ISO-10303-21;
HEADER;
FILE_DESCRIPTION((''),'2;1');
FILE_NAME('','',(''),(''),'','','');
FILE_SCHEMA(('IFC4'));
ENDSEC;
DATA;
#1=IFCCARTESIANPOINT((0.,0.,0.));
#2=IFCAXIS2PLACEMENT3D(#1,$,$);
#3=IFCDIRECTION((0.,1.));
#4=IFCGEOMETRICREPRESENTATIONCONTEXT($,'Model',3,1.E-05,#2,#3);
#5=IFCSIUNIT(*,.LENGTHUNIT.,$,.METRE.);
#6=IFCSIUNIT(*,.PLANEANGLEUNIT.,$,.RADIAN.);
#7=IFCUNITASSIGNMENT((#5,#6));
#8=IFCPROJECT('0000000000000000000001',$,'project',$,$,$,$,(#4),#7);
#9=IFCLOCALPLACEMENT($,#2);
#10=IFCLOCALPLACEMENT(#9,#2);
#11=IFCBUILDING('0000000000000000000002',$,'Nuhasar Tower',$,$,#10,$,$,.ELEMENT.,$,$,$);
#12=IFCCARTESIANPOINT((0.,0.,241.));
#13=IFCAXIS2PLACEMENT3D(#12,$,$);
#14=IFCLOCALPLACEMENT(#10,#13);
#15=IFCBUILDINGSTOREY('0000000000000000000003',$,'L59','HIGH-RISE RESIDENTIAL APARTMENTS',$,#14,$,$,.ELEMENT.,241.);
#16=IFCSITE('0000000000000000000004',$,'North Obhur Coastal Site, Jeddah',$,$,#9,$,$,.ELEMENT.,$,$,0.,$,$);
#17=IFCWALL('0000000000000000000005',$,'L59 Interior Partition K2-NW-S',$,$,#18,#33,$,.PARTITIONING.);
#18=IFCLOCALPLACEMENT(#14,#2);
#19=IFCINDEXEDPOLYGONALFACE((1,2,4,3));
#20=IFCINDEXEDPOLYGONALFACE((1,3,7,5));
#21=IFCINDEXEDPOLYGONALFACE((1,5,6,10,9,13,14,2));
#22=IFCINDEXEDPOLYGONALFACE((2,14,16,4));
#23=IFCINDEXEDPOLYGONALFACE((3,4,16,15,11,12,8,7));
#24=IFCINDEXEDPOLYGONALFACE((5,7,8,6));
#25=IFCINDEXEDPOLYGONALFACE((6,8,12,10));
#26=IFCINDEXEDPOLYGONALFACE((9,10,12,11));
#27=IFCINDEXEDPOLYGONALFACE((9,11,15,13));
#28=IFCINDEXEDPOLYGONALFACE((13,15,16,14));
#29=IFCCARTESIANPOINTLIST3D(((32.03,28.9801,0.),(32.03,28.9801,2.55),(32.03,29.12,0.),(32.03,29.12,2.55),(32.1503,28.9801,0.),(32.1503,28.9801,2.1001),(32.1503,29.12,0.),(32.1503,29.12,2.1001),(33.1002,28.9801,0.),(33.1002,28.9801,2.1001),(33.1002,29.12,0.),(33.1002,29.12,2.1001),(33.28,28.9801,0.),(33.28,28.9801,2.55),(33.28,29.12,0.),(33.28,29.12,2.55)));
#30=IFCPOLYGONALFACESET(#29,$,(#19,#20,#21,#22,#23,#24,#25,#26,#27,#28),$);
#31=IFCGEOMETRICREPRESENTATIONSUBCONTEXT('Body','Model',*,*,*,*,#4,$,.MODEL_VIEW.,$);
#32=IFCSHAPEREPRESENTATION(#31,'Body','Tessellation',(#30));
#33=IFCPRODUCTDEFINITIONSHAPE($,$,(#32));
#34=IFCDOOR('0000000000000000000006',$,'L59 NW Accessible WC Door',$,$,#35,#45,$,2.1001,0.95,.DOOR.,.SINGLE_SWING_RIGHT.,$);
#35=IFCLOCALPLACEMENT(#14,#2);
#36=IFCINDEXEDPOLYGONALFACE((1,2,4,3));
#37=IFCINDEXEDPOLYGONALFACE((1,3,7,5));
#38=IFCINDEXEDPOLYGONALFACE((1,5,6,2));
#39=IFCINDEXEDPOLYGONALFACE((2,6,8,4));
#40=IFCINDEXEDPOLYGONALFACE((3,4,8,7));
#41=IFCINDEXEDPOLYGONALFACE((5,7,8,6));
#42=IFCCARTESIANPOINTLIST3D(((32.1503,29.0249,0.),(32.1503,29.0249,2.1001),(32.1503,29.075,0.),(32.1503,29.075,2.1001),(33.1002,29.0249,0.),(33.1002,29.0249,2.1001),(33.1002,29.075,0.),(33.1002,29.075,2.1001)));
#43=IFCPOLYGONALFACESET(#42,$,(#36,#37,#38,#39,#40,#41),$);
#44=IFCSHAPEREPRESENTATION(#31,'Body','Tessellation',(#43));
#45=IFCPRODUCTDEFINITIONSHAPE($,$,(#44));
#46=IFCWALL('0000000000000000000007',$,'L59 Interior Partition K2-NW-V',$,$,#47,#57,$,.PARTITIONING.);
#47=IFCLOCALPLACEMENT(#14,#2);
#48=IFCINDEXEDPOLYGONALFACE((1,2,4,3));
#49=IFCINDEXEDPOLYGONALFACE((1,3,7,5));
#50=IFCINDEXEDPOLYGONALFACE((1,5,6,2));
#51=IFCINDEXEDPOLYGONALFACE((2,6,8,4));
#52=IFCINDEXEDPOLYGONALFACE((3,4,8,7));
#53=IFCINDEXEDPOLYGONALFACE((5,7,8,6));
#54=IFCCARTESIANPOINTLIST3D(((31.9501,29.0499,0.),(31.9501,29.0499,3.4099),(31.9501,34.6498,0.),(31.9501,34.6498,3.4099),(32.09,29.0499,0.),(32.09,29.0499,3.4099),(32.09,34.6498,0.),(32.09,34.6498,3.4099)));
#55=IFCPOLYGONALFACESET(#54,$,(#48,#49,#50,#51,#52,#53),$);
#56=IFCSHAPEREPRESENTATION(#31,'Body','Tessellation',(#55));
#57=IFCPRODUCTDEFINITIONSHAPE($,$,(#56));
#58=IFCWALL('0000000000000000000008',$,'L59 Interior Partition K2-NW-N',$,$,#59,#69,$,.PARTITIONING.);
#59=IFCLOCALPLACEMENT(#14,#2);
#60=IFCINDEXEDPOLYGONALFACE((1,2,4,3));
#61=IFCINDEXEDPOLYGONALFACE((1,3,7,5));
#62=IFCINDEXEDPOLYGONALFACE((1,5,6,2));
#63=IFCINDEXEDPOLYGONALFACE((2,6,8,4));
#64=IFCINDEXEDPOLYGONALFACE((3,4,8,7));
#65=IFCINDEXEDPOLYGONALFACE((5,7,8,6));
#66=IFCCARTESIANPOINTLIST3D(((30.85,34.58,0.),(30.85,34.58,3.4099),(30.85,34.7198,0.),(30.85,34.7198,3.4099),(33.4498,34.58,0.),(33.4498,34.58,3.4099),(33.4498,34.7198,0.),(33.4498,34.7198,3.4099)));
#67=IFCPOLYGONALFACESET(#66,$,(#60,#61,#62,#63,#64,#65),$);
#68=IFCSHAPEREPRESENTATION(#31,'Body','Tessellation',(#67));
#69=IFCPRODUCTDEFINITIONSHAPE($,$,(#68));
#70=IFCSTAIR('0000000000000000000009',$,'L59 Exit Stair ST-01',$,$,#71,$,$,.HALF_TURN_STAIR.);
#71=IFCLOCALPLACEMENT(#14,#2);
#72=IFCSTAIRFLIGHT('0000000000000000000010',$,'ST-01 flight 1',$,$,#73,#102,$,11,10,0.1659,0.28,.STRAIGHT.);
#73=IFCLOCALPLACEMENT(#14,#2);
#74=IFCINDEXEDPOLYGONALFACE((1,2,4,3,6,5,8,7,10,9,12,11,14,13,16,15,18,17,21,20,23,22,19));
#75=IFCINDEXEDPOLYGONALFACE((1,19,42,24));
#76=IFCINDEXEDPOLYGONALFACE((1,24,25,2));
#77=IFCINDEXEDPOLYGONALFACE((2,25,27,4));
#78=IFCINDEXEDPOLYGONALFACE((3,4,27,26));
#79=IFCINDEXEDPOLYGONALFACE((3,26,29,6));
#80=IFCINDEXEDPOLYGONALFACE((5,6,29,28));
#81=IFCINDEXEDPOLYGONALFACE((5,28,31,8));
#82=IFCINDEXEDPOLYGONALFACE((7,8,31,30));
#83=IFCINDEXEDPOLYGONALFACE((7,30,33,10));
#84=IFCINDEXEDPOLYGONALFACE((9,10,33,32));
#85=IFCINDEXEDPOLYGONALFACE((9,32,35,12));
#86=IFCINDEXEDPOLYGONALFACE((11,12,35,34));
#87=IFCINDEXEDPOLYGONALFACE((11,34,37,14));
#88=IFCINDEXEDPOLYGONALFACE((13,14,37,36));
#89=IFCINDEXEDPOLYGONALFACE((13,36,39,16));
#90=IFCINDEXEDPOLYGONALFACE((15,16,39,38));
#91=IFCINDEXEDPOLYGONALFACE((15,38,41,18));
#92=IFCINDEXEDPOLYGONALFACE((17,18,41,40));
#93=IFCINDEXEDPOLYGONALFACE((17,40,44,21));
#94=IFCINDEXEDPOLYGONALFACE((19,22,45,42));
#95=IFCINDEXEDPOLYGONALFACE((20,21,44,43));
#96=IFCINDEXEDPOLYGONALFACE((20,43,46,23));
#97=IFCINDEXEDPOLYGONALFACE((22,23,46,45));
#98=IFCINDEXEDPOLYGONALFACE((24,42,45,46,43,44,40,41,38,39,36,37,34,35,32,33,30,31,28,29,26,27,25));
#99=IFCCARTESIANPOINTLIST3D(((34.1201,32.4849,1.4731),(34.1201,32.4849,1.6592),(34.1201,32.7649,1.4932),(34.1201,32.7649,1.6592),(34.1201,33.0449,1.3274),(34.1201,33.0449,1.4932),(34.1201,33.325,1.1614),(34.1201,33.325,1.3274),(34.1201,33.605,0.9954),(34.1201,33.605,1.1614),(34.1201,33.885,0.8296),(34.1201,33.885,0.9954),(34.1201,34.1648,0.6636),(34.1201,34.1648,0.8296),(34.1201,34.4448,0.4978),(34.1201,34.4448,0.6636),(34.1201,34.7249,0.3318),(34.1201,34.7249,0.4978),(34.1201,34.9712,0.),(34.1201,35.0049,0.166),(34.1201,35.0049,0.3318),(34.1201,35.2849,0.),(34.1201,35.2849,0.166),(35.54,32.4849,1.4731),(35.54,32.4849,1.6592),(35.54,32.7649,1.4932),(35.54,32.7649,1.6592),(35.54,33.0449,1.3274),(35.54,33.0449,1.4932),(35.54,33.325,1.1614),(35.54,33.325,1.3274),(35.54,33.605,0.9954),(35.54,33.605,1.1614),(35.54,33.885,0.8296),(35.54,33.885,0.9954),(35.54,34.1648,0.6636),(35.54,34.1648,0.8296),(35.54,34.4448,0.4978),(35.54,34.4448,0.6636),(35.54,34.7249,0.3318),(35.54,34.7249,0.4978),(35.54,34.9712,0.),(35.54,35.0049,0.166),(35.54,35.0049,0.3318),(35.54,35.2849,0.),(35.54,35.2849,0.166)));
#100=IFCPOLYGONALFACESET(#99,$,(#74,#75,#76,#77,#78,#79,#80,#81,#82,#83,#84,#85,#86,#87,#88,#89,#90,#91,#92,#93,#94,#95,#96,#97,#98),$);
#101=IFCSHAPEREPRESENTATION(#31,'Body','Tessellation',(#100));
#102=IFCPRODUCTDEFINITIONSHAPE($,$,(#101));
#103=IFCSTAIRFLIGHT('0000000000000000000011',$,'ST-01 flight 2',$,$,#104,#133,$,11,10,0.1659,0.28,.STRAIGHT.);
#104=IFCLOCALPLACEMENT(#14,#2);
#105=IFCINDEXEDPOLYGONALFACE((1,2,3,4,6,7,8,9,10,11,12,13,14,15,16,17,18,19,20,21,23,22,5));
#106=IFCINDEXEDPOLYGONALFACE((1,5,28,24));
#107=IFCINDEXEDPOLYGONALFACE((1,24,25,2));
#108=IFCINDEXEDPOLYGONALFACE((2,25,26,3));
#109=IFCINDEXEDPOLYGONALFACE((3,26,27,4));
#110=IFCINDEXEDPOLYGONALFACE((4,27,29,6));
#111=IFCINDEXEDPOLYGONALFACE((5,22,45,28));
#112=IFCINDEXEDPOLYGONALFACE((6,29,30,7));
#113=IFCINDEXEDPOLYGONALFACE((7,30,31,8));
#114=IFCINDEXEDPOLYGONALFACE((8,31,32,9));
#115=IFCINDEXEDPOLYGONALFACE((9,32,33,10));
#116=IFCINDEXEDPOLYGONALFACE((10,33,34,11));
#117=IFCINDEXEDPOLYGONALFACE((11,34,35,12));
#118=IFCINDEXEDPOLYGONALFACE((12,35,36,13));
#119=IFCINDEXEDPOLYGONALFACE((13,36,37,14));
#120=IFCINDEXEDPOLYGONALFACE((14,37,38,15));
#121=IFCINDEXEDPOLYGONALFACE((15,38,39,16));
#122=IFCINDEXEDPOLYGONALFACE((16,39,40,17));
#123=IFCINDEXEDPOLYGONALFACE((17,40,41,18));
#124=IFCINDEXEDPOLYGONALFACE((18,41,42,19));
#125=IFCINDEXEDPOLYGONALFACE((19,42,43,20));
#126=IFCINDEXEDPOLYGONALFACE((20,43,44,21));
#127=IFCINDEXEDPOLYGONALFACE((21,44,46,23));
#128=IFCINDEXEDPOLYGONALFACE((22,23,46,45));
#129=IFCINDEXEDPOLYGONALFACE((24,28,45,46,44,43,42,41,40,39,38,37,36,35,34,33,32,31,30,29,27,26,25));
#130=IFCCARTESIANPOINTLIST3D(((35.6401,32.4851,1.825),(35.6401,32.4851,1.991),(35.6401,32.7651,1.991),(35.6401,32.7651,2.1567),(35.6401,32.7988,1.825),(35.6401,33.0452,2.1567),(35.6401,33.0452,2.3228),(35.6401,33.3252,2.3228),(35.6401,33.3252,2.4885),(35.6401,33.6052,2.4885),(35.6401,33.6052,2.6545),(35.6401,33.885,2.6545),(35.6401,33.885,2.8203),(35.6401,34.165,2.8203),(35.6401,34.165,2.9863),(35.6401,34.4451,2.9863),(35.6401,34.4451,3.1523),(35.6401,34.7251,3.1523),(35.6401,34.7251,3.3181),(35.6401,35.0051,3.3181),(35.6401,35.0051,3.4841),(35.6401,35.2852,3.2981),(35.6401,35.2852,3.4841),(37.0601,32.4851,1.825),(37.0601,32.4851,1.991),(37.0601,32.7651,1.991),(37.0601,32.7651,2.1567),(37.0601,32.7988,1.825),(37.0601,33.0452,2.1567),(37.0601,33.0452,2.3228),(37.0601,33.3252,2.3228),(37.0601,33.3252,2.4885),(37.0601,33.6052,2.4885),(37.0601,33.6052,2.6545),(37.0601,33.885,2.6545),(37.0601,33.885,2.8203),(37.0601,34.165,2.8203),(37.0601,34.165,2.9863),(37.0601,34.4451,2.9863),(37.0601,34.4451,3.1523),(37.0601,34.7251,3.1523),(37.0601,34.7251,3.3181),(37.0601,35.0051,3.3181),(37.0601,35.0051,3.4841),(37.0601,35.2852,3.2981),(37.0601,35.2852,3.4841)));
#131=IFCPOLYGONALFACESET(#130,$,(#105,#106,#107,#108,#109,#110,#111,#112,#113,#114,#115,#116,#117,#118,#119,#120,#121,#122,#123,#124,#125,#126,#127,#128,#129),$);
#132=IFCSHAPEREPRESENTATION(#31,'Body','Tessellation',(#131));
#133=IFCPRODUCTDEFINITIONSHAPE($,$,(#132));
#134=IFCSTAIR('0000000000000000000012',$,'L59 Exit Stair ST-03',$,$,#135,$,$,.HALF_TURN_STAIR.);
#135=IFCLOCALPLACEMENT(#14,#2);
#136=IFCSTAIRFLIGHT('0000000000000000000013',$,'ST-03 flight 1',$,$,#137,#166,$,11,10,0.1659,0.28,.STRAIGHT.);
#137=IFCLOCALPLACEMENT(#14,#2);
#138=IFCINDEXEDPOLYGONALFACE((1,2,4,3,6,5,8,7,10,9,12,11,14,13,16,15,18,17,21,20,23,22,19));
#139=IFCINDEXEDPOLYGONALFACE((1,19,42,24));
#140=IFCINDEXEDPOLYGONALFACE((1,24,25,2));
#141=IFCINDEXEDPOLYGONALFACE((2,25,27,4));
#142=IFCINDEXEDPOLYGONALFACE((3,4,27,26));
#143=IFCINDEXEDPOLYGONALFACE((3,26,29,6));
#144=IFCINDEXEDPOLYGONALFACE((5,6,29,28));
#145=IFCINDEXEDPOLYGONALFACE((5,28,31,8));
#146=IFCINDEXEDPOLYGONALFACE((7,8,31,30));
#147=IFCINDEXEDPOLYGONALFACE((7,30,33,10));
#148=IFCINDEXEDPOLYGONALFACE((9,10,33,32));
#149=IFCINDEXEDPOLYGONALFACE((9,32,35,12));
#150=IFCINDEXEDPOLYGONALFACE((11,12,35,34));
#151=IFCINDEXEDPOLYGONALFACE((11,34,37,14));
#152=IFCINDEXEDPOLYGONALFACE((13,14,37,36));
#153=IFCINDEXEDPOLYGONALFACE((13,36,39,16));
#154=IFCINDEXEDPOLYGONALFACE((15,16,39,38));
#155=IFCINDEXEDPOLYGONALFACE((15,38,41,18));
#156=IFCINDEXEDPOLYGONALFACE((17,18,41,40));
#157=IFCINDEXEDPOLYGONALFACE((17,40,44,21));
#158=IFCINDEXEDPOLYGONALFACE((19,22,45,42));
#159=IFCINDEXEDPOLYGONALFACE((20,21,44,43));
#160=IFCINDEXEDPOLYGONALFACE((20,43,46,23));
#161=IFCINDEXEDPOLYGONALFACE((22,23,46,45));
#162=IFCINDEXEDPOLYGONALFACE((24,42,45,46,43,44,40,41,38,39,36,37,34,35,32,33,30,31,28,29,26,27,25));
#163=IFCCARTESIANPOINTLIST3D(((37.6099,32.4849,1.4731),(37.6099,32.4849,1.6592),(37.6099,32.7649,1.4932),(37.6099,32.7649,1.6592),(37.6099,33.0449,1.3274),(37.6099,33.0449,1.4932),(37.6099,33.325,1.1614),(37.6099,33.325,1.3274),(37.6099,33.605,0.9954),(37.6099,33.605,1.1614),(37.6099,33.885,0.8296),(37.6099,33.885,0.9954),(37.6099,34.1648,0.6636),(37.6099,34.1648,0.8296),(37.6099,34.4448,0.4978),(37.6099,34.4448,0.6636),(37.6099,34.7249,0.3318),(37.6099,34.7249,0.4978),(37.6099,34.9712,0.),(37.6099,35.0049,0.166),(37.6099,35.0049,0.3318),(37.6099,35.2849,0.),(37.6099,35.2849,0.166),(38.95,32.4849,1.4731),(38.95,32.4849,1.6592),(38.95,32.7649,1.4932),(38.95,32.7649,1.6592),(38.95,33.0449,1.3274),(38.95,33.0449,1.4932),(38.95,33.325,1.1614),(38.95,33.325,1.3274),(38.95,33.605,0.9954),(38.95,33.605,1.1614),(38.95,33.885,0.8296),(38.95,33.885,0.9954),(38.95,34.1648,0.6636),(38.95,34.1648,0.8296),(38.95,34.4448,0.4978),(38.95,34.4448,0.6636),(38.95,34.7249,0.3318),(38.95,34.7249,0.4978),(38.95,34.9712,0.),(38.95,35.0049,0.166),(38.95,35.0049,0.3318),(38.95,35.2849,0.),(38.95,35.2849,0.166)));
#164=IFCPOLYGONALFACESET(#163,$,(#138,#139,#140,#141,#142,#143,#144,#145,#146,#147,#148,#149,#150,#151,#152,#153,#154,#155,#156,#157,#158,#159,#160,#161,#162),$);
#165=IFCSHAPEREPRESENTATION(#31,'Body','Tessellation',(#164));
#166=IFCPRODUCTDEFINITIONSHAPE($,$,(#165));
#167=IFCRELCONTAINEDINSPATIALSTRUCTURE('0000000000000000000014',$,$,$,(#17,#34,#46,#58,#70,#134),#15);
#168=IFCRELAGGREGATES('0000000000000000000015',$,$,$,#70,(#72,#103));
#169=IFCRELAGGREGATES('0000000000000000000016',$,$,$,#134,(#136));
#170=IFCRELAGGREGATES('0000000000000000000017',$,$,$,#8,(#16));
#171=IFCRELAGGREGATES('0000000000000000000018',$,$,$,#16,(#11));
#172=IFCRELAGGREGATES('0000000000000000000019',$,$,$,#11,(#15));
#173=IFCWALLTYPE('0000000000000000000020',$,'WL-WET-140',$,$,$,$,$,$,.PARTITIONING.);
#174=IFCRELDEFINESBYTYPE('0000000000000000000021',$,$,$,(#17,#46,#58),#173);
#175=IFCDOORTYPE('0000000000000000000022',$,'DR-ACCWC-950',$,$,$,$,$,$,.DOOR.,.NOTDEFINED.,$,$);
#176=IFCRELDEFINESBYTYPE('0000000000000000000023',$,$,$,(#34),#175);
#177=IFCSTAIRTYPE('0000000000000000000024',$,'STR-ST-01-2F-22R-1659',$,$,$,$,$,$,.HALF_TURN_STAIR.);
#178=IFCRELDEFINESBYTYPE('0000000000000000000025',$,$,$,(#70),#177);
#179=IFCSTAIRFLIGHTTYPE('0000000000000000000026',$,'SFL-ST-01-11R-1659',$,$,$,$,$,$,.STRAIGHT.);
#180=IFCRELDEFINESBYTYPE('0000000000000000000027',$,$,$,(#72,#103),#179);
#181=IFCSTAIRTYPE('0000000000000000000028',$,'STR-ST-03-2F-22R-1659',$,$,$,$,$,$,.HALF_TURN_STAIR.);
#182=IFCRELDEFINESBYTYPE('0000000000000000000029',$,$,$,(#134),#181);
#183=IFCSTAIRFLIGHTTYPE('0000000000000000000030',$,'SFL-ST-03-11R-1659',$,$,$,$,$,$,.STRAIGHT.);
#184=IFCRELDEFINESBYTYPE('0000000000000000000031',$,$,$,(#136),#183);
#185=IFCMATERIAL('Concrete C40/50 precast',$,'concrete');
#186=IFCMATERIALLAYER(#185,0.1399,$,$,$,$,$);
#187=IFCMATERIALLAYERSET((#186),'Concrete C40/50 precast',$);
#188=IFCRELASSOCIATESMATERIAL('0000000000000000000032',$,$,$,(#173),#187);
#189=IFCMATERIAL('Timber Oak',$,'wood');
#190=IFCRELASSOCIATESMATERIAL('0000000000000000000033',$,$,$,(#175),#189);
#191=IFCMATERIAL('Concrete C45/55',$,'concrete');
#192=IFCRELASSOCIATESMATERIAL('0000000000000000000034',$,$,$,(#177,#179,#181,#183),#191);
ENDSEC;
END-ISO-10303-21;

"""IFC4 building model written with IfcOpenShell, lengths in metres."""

from ifc_helpers import new_model, si_unit, direction, frame, frame_2d, origin, place, context, subcontext, project, spatial, polyline, rectangle, outline, extrude, material, layer, layer_set, type_object, element, fill, aggregate, save


model = new_model("IFC4")

# Units and contexts
model_context = context("Model", 3, precision=1e-05, world=origin(), true_north=direction((0.0, 1.0)))
body_context = subcontext(model_context, "Body", "Model", "MODEL_VIEW")
ifc_project = project(units=[si_unit("LENGTHUNIT", "METRE"), si_unit("PLANEANGLEUNIT", "RADIAN")], contexts=[model_context])

# Site, building, storey
site_placement = place(None, origin())
site = spatial("IfcSite", under=ifc_project, at=site_placement, Name="North Obhur Coastal Site, Jeddah", CompositionType="ELEMENT", RefElevation=0.0)
building_placement = place(site_placement, origin())
building = spatial("IfcBuilding", under=site, at=building_placement, Name="Nuhasar Tower", CompositionType="ELEMENT")
storey_placement = place(building_placement, frame((0.0, 0.0, 241.0)))
storey = spatial("IfcBuildingStorey", under=building, at=storey_placement, Name="L59", Description="HIGH-RISE RESIDENTIAL APARTMENTS", CompositionType="ELEMENT", Elevation=241.0)

# Shared definitions
ifc_material_1 = material(Name="Concrete C40/50 precast", Category="concrete")
ifc_layer_1 = layer(ifc_material_1, 0.1399)
ifc_layer_set_1 = layer_set([ifc_layer_1], Name="Concrete C40/50 precast")
wall_type_1 = type_object("IfcWallType", Name="WL-WET-140", PredefinedType="PARTITIONING", material=ifc_layer_set_1)

# Wall, opening, door
wall_1_placement = place(storey_placement, frame((32.03, 29.05, 0.0), z_axis=(0.0, 0.0, 1.0), x_axis=(1.0, 0.0, 0.0)))
wall_1 = element("IfcWall", 1, at=wall_1_placement, inside=storey, type_object=wall_type_1, Name="L59 Interior Partition K2-NW-S", PredefinedType="PARTITIONING", context=body_context, shape_type="SweptSolid", body=[
    extrude(rectangle(XDim=1.25, YDim=0.1399, at=frame_2d((0.625, 0.0))), origin(), (0.0, 0.0, 1.0), 2.55),
])
opening_placement = place(wall_1_placement, frame((0.1201, 0.0, 0.0)))
opening = element("IfcOpeningElement", 2, at=opening_placement, cuts=wall_1, PredefinedType="OPENING", context=body_context, shape_type="SweptSolid", body=[
    extrude(rectangle(XDim=0.95, YDim=2.1001, at=frame_2d((0.4751, 1.05))), frame((0.0, 0.0801, 0.0), z_axis=(0.0, -1.0, 0.0), x_axis=(1.0, 0.0, 0.0)), (0.0, 0.0, 1.0), 0.1599),
])
ifc_material_2 = material(Name="Timber Oak", Category="wood")
door_type = type_object("IfcDoorType", Name="DR-ACCWC-950", OperationType="NOTDEFINED", PredefinedType="DOOR", material=ifc_material_2)
door_placement = place(opening_placement, origin())
door = element("IfcDoor", 3, at=door_placement, inside=storey, type_object=door_type, Name="L59 NW Accessible WC Door", OperationType="SINGLE_SWING_RIGHT", OverallHeight=2.1001, OverallWidth=0.95, PredefinedType="DOOR", context=body_context, shape_type="SweptSolid", body=[
    extrude(rectangle(XDim=0.95, YDim=2.1001, at=frame_2d((0.4751, 1.05))), frame((0.0, 0.0249, 0.0), z_axis=(0.0, -1.0, 0.0), x_axis=(1.0, 0.0, 0.0)), (0.0, 0.0, 1.0), 0.05),
])
fill(opening, door)

# Walls
wall_2_placement = place(storey_placement, frame((32.02, 29.05, 0.0), z_axis=(0.0, 0.0, 1.0), x_axis=(0.0, 1.0, 0.0)))
element("IfcWall", 4, at=wall_2_placement, inside=storey, type_object=wall_type_1, Name="L59 Interior Partition K2-NW-V", PredefinedType="PARTITIONING", context=body_context, shape_type="SweptSolid", body=[
    extrude(rectangle(XDim=5.5999, YDim=0.1399, at=frame_2d((2.7998, 0.0))), origin(), (0.0, 0.0, 1.0), 3.4099),
])
wall_3_placement = place(storey_placement, frame((30.8501, 34.6499, 0.0), z_axis=(0.0, 0.0, 1.0), x_axis=(1.0, 0.0, 0.0)))
element("IfcWall", 5, at=wall_3_placement, inside=storey, type_object=wall_type_1, Name="L59 Interior Partition K2-NW-N", PredefinedType="PARTITIONING", context=body_context, shape_type="SweptSolid", body=[
    extrude(rectangle(XDim=2.5999, YDim=0.1399, at=frame_2d((1.2998, 0.0))), origin(), (0.0, 0.0, 1.0), 3.4099),
])

# Stair, stair flights
ifc_material_3 = material(Name="Concrete C45/55", Category="concrete")
stair_type_1 = type_object("IfcStairType", Name="STR-ST-01-2F-22R-1659", PredefinedType="HALF_TURN_STAIR", material=ifc_material_3)
stair_1_placement = place(storey_placement, origin())
stair_1 = element("IfcStair", 6, at=stair_1_placement, inside=storey, type_object=stair_type_1, Name="L59 Exit Stair ST-01", PredefinedType="HALF_TURN_STAIR")
stair_flight_type_1 = type_object("IfcStairFlightType", Name="SFL-ST-01-11R-1659", PredefinedType="STRAIGHT", material=ifc_material_3)
stair_flight_1_placement = place(storey_placement, frame((34.8301, 35.2849, 0.0), z_axis=(0.0, 0.0, 1.0), x_axis=(0.0, -1.0, 0.0)))
stair_flight_1 = element("IfcStairFlight", 7, at=stair_flight_1_placement, type_object=stair_flight_type_1, Name="ST-01 flight 1", NumberOfRisers=11, NumberOfTreads=10, PredefinedType="STRAIGHT", RiserHeight=0.1659, TreadLength=0.28, context=body_context, shape_type="SweptSolid", body=[
    extrude(outline(polyline([(0.0, 0.0), (0.0, 0.166), (0.28, 0.166), (0.28, 0.3318), (0.5601, 0.3318), (0.5601, 0.4978), (0.8401, 0.4978), (0.8401, 0.6636), (1.1201, 0.6636), (1.1201, 0.8296), (1.3999, 0.8296), (1.3999, 0.9954), (1.6799, 0.9954), (1.6799, 1.1614), (1.96, 1.1614), (1.96, 1.3274), (2.24, 1.3274), (2.24, 1.4932), (2.52, 1.4932), (2.52, 1.6592), (2.8, 1.6592), (2.8, 1.825), (2.8, 1.4731), (0.3137, 0.0), (0.0, 0.0)])), frame((0.0, 0.71, 0.0), z_axis=(0.0, -1.0, 0.0), x_axis=(1.0, 0.0, 0.0)), (0.0, 0.0, 1.0), 1.4199),
])
stair_flight_2_placement = place(storey_placement, frame((36.3501, 32.4851, 1.825), z_axis=(0.0, 0.0, 1.0), x_axis=(0.0, 1.0, 0.0)))
stair_flight_2 = element("IfcStairFlight", 8, at=stair_flight_2_placement, type_object=stair_flight_type_1, Name="ST-01 flight 2", NumberOfRisers=11, NumberOfTreads=10, PredefinedType="STRAIGHT", RiserHeight=0.1659, TreadLength=0.28, context=body_context, shape_type="SweptSolid", body=[
    extrude(outline(polyline([(0.0, 0.0), (0.0, 0.166), (0.28, 0.166), (0.28, 0.3318), (0.5601, 0.3318), (0.5601, 0.4978), (0.8401, 0.4978), (0.8401, 0.6636), (1.1201, 0.6636), (1.1201, 0.8296), (1.3999, 0.8296), (1.3999, 0.9954), (1.6799, 0.9954), (1.6799, 1.1614), (1.96, 1.1614), (1.96, 1.3274), (2.24, 1.3274), (2.24, 1.4932), (2.52, 1.4932), (2.52, 1.6592), (2.8, 1.6592), (2.8, 1.825), (2.8, 1.4731), (0.3137, 0.0), (0.0, 0.0)])), frame((0.0, 0.71, 0.0), z_axis=(0.0, -1.0, 0.0), x_axis=(1.0, 0.0, 0.0)), (0.0, 0.0, 1.0), 1.4199),
])
aggregate(stair_1, [stair_flight_1, stair_flight_2])

# Stair, stair flight
stair_type_2 = type_object("IfcStairType", Name="STR-ST-03-2F-22R-1659", PredefinedType="HALF_TURN_STAIR", material=ifc_material_3)
stair_2_placement = place(storey_placement, origin())
stair_2 = element("IfcStair", 9, at=stair_2_placement, inside=storey, type_object=stair_type_2, Name="L59 Exit Stair ST-03", PredefinedType="HALF_TURN_STAIR")
stair_flight_type_2 = type_object("IfcStairFlightType", Name="SFL-ST-03-11R-1659", PredefinedType="STRAIGHT", material=ifc_material_3)
stair_flight_3_placement = place(storey_placement, frame((38.28, 35.2849, 0.0), z_axis=(0.0, 0.0, 1.0), x_axis=(0.0, -1.0, 0.0)))
stair_flight_3 = element("IfcStairFlight", 10, at=stair_flight_3_placement, type_object=stair_flight_type_2, Name="ST-03 flight 1", NumberOfRisers=11, NumberOfTreads=10, PredefinedType="STRAIGHT", RiserHeight=0.1659, TreadLength=0.28, context=body_context, shape_type="SweptSolid", body=[
    extrude(outline(polyline([(0.0, 0.0), (0.0, 0.166), (0.28, 0.166), (0.28, 0.3318), (0.5601, 0.3318), (0.5601, 0.4978), (0.8401, 0.4978), (0.8401, 0.6636), (1.1201, 0.6636), (1.1201, 0.8296), (1.3999, 0.8296), (1.3999, 0.9954), (1.6799, 0.9954), (1.6799, 1.1614), (1.96, 1.1614), (1.96, 1.3274), (2.24, 1.3274), (2.24, 1.4932), (2.52, 1.4932), (2.52, 1.6592), (2.8, 1.6592), (2.8, 1.825), (2.8, 1.4731), (0.3137, 0.0), (0.0, 0.0)])), frame((0.0, 0.6699, 0.0), z_axis=(0.0, -1.0, 0.0), x_axis=(1.0, 0.0, 0.0)), (0.0, 0.0, 1.0), 1.3401),
])
aggregate(stair_2, [stair_flight_3])

save(model, "model.ifc")
